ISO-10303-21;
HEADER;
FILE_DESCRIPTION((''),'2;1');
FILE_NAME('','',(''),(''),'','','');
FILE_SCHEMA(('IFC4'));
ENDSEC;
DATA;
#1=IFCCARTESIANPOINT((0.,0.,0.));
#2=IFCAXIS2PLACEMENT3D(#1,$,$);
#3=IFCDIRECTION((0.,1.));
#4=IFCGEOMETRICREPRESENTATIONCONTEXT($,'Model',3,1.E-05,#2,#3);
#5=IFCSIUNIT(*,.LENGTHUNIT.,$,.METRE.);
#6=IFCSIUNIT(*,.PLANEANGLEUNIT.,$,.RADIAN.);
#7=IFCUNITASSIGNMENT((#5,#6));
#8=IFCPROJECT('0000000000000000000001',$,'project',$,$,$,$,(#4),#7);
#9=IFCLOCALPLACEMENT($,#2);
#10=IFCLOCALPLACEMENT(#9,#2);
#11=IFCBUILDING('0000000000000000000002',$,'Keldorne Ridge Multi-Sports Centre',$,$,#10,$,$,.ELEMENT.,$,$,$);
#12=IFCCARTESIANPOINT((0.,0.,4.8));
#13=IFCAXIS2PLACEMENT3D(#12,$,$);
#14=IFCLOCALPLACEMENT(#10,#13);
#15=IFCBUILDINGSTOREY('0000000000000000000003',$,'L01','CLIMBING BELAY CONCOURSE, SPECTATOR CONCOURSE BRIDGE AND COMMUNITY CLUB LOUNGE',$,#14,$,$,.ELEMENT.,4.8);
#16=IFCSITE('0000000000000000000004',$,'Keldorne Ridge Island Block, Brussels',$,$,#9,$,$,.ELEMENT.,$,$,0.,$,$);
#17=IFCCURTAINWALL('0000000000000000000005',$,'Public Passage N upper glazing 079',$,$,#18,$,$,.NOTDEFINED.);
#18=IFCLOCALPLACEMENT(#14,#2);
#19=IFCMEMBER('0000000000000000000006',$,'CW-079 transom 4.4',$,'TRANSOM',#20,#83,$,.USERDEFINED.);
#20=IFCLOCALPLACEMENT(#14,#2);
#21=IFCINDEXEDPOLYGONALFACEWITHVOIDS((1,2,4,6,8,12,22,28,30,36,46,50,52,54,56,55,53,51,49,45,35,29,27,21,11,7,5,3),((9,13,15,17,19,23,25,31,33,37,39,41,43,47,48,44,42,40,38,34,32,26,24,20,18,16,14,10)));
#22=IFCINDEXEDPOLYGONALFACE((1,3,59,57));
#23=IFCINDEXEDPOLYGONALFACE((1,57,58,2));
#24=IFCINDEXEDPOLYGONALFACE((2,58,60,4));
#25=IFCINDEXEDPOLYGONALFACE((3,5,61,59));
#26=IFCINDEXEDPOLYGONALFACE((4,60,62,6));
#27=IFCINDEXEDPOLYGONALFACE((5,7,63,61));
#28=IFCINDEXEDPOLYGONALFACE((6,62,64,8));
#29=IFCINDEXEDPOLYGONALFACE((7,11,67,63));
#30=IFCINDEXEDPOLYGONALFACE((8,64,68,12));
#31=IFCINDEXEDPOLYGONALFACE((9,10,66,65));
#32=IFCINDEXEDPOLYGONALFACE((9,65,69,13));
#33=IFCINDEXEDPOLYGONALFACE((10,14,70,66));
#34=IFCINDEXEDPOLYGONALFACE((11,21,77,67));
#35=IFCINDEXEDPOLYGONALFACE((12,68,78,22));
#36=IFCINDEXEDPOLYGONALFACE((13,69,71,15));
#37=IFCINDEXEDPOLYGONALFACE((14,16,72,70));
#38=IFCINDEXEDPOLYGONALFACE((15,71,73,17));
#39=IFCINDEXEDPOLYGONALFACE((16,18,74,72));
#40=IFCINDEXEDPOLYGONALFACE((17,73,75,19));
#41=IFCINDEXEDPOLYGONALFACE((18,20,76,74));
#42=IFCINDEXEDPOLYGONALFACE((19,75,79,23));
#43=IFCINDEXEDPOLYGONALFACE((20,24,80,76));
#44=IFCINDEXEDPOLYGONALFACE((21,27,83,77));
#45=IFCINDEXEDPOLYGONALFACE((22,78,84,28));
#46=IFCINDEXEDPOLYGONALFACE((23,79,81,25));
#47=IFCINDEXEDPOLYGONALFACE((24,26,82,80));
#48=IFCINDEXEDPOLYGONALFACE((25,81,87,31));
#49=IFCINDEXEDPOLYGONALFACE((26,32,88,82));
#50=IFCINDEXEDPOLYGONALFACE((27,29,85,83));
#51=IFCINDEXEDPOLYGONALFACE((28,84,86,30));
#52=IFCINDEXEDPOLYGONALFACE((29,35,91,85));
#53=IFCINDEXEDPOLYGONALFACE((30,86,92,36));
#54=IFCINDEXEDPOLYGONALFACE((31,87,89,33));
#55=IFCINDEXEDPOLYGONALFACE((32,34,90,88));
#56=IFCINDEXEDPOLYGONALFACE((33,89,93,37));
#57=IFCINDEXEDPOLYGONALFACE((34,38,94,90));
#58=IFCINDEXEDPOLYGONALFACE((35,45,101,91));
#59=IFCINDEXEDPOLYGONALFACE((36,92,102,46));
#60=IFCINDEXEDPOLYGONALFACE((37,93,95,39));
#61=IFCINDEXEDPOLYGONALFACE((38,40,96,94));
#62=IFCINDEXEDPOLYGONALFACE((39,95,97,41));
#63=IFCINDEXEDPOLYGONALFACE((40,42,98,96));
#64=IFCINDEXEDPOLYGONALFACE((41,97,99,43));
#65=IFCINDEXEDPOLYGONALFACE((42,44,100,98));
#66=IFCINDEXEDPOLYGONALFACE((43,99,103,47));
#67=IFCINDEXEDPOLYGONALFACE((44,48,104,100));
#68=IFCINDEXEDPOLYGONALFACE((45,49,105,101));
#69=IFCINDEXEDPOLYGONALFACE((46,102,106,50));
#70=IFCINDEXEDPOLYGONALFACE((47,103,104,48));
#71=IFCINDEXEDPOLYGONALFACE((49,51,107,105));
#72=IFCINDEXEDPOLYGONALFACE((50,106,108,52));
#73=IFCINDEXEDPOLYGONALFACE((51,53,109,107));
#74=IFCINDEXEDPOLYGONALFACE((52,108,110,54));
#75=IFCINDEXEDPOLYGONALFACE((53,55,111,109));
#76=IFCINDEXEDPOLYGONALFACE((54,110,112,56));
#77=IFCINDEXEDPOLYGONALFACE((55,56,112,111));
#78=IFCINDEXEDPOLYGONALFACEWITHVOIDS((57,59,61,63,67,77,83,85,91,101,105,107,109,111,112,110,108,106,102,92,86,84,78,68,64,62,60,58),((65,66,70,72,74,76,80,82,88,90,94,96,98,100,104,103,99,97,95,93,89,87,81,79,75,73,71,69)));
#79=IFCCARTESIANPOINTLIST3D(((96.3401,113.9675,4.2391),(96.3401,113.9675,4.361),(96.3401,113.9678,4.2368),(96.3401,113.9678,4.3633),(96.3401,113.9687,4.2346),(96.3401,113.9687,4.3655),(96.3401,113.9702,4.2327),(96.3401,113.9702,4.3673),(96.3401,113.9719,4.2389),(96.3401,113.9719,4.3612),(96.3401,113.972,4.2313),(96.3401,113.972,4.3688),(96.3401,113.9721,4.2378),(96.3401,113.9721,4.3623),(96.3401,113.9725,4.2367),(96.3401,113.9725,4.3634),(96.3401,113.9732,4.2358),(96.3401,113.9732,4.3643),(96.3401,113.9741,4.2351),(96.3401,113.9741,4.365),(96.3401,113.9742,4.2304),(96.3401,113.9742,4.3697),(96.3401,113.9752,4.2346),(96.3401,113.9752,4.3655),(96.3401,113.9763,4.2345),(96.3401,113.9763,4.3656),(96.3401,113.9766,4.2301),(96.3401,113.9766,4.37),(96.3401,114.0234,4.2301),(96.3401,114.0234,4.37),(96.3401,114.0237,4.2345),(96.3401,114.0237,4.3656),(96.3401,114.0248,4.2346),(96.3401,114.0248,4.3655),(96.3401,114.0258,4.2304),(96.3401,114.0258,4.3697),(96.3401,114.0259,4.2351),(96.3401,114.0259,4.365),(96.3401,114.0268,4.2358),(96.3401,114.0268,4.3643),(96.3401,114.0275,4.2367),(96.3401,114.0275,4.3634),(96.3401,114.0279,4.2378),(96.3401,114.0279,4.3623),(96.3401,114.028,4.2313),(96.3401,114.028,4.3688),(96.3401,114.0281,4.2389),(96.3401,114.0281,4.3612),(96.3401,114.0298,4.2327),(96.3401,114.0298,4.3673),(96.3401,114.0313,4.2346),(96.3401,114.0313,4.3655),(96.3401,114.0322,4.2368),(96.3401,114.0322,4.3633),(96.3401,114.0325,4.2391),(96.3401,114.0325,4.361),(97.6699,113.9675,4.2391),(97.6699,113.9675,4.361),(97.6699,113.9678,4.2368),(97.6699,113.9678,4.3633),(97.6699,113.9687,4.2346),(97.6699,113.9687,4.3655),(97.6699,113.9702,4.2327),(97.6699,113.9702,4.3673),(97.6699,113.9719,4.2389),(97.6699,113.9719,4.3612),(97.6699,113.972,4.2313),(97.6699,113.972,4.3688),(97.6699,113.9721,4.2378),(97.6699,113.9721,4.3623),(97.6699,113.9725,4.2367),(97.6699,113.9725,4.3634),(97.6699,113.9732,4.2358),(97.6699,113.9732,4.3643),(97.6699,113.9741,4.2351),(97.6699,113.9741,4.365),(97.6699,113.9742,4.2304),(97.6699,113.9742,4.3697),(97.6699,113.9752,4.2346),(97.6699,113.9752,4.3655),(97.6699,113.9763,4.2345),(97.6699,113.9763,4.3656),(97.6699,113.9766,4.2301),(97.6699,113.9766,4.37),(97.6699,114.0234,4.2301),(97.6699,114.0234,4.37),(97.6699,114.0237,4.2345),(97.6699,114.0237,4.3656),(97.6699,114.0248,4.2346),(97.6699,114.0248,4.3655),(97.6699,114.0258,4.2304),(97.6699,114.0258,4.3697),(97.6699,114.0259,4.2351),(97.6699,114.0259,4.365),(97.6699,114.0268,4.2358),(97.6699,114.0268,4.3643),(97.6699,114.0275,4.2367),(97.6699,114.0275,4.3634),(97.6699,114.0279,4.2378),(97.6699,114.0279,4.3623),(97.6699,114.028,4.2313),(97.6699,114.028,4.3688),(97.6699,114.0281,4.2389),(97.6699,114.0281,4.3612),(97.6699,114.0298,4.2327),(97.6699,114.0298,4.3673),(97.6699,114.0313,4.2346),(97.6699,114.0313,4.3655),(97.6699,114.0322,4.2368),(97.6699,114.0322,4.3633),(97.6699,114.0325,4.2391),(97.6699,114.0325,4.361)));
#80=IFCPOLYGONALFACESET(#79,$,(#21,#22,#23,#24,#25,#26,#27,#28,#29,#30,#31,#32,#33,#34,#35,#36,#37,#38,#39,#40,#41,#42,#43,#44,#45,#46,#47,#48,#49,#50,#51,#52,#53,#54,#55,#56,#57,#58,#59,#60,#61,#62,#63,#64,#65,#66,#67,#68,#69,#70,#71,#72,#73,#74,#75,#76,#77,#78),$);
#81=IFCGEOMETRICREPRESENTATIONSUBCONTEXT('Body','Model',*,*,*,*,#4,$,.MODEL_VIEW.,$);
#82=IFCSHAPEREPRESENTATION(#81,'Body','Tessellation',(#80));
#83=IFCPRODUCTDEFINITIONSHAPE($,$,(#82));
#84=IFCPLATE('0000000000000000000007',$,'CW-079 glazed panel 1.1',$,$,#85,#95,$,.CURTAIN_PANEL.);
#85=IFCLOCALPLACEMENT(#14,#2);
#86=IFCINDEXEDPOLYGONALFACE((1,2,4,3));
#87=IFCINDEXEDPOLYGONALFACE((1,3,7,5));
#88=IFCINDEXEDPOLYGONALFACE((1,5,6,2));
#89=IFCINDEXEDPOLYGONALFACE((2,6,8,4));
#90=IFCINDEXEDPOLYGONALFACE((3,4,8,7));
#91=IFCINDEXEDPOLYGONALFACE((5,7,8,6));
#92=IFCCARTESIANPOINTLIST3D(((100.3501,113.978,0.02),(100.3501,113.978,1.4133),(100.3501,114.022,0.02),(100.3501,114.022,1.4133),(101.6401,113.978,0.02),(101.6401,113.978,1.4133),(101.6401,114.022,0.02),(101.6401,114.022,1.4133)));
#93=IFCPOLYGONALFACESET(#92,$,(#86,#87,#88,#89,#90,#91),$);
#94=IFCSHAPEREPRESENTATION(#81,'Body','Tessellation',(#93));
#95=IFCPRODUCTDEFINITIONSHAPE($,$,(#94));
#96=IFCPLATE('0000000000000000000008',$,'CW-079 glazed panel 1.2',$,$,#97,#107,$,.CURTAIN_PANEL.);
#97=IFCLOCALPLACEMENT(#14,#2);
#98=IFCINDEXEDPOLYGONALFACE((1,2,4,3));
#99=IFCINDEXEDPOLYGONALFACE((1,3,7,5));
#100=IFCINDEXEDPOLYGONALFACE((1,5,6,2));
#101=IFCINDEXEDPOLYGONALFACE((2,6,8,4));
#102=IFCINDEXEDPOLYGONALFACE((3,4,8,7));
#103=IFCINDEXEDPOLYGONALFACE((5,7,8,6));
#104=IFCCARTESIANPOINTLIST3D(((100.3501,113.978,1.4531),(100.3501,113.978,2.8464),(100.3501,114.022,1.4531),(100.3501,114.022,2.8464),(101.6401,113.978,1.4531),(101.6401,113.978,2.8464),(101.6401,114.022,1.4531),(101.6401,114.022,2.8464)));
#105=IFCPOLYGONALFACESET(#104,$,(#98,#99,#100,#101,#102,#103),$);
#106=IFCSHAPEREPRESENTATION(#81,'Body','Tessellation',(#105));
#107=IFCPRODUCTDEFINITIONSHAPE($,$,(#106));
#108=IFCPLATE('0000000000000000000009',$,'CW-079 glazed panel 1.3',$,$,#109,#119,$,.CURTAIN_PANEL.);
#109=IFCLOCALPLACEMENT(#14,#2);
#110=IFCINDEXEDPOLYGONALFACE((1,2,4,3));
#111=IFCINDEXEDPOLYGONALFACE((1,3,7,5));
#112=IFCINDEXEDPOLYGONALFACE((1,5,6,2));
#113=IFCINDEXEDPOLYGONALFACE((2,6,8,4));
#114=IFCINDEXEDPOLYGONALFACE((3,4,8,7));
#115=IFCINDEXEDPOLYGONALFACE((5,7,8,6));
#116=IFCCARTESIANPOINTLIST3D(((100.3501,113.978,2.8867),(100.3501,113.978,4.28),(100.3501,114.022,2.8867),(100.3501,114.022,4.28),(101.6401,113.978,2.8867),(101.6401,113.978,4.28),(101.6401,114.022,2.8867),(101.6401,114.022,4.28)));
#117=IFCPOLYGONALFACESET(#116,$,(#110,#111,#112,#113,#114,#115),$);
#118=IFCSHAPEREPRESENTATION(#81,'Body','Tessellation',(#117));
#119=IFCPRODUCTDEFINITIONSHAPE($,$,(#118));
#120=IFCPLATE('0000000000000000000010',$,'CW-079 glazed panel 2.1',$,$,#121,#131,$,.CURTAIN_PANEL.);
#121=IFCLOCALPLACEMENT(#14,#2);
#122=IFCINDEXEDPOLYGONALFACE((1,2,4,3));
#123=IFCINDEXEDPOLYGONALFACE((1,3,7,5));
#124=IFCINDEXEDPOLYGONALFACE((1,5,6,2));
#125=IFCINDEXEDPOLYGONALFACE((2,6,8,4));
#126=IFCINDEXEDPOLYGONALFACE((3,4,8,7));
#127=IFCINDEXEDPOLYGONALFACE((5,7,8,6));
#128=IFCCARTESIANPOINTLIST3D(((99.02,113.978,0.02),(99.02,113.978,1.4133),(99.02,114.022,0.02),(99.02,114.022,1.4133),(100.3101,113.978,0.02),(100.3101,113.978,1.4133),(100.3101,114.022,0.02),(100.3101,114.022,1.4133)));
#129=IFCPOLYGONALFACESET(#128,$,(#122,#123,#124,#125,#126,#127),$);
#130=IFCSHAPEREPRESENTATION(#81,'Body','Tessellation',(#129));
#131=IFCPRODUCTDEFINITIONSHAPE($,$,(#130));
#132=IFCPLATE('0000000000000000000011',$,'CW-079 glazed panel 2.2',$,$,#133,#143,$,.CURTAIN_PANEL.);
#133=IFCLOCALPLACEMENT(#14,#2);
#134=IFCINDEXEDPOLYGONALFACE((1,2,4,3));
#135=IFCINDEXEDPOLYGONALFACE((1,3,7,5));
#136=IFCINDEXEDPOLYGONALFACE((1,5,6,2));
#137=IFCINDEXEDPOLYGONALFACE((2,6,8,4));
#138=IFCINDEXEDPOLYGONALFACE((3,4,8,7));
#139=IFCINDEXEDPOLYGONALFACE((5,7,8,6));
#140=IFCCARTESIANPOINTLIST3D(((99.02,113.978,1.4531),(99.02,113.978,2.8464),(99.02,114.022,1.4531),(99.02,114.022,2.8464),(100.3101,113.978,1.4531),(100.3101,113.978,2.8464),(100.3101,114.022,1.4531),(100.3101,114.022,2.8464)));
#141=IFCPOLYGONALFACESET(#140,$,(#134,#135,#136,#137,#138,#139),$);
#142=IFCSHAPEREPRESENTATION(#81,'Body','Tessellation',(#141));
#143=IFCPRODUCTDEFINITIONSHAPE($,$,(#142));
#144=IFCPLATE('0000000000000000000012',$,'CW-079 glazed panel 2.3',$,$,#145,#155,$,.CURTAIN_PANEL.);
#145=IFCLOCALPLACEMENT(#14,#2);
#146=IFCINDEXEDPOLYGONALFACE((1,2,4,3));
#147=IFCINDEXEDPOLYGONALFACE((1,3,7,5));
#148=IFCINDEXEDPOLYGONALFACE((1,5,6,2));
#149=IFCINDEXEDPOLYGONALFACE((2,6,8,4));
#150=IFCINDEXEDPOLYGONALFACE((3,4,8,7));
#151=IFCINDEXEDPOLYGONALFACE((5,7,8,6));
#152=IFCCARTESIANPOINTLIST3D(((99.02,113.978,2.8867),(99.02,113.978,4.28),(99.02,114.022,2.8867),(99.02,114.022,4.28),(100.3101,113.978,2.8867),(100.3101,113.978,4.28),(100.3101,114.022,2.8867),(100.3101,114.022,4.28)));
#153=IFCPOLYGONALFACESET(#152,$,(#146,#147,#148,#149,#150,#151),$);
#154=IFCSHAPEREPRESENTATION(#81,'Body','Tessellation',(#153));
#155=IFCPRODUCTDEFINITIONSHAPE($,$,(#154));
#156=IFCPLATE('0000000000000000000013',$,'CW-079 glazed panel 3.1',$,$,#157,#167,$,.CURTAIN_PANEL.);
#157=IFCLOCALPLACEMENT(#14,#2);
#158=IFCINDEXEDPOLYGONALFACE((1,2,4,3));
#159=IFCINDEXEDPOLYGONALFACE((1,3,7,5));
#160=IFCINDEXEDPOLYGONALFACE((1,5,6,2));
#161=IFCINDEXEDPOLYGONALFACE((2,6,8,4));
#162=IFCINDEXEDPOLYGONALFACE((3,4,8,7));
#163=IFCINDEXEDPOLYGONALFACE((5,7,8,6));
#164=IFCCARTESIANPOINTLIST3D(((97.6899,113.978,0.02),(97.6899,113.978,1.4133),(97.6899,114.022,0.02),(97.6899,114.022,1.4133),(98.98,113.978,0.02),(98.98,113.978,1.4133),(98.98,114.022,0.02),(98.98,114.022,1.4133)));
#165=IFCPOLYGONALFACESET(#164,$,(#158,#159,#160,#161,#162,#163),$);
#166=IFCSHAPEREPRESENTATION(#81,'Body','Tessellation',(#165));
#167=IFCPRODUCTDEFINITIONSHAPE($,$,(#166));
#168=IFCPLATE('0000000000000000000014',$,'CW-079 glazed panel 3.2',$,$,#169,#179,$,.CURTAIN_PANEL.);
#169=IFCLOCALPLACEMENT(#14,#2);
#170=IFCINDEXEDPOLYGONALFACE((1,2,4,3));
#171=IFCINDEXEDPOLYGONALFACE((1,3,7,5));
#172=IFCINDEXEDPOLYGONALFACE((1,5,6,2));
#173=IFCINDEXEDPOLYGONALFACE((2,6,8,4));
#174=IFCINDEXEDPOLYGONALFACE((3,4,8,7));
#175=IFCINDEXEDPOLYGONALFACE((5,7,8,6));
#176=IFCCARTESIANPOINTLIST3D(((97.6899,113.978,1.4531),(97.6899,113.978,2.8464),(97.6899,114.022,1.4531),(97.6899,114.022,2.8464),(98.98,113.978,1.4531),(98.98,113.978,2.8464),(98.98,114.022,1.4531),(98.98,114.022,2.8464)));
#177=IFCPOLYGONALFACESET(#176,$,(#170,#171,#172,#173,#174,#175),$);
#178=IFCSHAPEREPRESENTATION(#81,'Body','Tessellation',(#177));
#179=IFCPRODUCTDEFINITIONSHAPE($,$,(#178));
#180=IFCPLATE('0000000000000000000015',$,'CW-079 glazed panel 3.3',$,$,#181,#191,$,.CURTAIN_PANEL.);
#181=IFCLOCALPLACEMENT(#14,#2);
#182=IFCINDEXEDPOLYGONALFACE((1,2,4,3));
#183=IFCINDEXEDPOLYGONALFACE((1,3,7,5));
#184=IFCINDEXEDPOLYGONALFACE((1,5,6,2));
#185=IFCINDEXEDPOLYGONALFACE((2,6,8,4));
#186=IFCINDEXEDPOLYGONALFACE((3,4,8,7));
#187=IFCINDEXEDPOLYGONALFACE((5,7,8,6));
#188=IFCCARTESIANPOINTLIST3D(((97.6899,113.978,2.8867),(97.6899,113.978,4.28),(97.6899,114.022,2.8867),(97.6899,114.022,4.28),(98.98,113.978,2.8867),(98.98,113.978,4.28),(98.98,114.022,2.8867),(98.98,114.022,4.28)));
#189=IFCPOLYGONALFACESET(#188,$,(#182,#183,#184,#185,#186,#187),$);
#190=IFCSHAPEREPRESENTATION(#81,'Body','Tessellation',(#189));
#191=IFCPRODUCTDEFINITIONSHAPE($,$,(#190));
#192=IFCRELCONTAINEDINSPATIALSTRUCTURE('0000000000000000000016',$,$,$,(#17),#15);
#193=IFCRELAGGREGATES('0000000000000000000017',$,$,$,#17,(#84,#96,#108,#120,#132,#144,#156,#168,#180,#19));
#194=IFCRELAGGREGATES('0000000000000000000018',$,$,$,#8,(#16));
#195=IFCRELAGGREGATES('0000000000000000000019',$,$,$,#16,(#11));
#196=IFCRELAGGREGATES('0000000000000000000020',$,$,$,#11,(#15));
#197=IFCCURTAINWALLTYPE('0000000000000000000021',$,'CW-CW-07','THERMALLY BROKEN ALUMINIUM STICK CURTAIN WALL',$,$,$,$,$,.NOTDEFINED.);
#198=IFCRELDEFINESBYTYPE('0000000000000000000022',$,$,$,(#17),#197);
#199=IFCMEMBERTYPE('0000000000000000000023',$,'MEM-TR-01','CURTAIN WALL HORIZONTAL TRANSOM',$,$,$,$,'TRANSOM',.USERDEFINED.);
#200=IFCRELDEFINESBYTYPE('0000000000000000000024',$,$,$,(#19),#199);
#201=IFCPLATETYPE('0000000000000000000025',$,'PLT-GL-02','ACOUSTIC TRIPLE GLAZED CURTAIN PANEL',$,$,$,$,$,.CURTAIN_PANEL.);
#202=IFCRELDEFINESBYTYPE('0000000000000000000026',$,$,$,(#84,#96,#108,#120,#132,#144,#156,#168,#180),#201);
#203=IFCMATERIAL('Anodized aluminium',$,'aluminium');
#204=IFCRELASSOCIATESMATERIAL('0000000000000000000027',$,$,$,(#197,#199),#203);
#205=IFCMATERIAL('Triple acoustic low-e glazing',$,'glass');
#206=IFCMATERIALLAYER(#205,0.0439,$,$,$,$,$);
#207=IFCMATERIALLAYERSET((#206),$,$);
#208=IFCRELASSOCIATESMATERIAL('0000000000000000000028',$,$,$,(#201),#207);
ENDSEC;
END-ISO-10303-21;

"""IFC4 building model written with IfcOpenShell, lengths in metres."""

from ifc_helpers import new_model, si_unit, direction, frame, origin, origin_2d, place, context, subcontext, project, spatial, rectangle, hollow_rectangle, extrude, material, layer, layer_set, material_profile, profile_set, type_object, element, aggregate, save


model = new_model("IFC4")

# Units and contexts
model_context = context("Model", 3, precision=1e-05, world=origin(), true_north=direction((0.0, 1.0)))
body_context = subcontext(model_context, "Body", "Model", "MODEL_VIEW")
ifc_project = project(units=[si_unit("LENGTHUNIT", "METRE"), si_unit("PLANEANGLEUNIT", "RADIAN")], contexts=[model_context])

# Site, building, storey
site_placement = place(None, origin())
site = spatial("IfcSite", under=ifc_project, at=site_placement, Name="Keldorne Ridge Island Block, Brussels", CompositionType="ELEMENT", RefElevation=0.0)
building_placement = place(site_placement, origin())
building = spatial("IfcBuilding", under=site, at=building_placement, Name="Keldorne Ridge Multi-Sports Centre", CompositionType="ELEMENT")
storey_placement = place(building_placement, frame((0.0, 0.0, 4.8)))
storey = spatial("IfcBuildingStorey", under=building, at=storey_placement, Name="L01", Description="CLIMBING BELAY CONCOURSE, SPECTATOR CONCOURSE BRIDGE AND COMMUNITY CLUB LOUNGE", CompositionType="ELEMENT", Elevation=4.8)

# Curtain wall, member, plates
ifc_material_1 = material(Name="Anodized aluminium", Category="aluminium")
curtain_wall_type = type_object("IfcCurtainWallType", Name="CW-CW-07", Description="THERMALLY BROKEN ALUMINIUM STICK CURTAIN WALL", PredefinedType="NOTDEFINED", material=ifc_material_1)
curtain_wall_placement = place(storey_placement, origin())
curtain_wall = element("IfcCurtainWall", 1, at=curtain_wall_placement, inside=storey, type_object=curtain_wall_type, Name="Public Passage N upper glazing 079", PredefinedType="NOTDEFINED")
ifc_material_profile_1 = material_profile(ifc_material_1, hollow_rectangle(XDim=0.0649, YDim=0.1399, WallThickness=0.0044, InnerFilletRadius=0.0044, OuterFilletRadius=0.009, at=origin_2d()), Name="ALU TRANSOM 140x65x4.5")
ifc_profile_set_1 = profile_set([ifc_material_profile_1], Name="Anodized aluminium")
member_type_1 = type_object("IfcMemberType", Name="MEM-TR-01", Description="CURTAIN WALL HORIZONTAL TRANSOM", ElementType="TRANSOM", PredefinedType="USERDEFINED", material=ifc_profile_set_1)
member_1_placement = place(storey_placement, frame((97.6699, 114.0, 4.3), z_axis=(-1.0, 0.0, 0.0), x_axis=(0.0, -1.0, 0.0)))
member_1 = element("IfcMember", 2, at=member_1_placement, type_object=member_type_1, Name="CW-079 transom 4.4", ObjectType="TRANSOM", PredefinedType="USERDEFINED", context=body_context, shape_type="SweptSolid", body=[
    extrude(hollow_rectangle(XDim=0.0649, YDim=0.1399, WallThickness=0.0044, InnerFilletRadius=0.0044, OuterFilletRadius=0.009, at=origin_2d()), origin(), (0.0, 0.0, 1.0), 1.3298),
])
ifc_material_2 = material(Name="Triple acoustic low-e glazing", Category="glass")
ifc_layer_1 = layer(ifc_material_2, 0.0439)
ifc_layer_set_1 = layer_set([ifc_layer_1])
plate_type_1 = type_object("IfcPlateType", Name="PLT-GL-02", Description="ACOUSTIC TRIPLE GLAZED CURTAIN PANEL", PredefinedType="CURTAIN_PANEL", material=ifc_layer_set_1)
plate_1_placement = place(storey_placement, frame((100.9951, 114.0, 0.02), z_axis=(0.0, 0.0, 1.0), x_axis=(-1.0, 0.0, 0.0)))
plate_1 = element("IfcPlate", 3, at=plate_1_placement, type_object=plate_type_1, Name="CW-079 glazed panel 1.1", PredefinedType="CURTAIN_PANEL", context=body_context, shape_type="SweptSolid", body=[
    extrude(rectangle(XDim=1.29, YDim=0.0439, at=origin_2d()), origin(), (0.0, 0.0, 1.0), 1.3933),
])
plate_2_placement = place(storey_placement, frame((100.9951, 114.0, 1.4531), z_axis=(0.0, 0.0, 1.0), x_axis=(-1.0, 0.0, 0.0)))
plate_2 = element("IfcPlate", 4, at=plate_2_placement, type_object=plate_type_1, Name="CW-079 glazed panel 1.2", PredefinedType="CURTAIN_PANEL", context=body_context, shape_type="SweptSolid", body=[
    extrude(rectangle(XDim=1.29, YDim=0.0439, at=origin_2d()), origin(), (0.0, 0.0, 1.0), 1.3933),
])
plate_3_placement = place(storey_placement, frame((100.9951, 114.0, 2.8867), z_axis=(0.0, 0.0, 1.0), x_axis=(-1.0, 0.0, 0.0)))
plate_3 = element("IfcPlate", 5, at=plate_3_placement, type_object=plate_type_1, Name="CW-079 glazed panel 1.3", PredefinedType="CURTAIN_PANEL", context=body_context, shape_type="SweptSolid", body=[
    extrude(rectangle(XDim=1.29, YDim=0.0439, at=origin_2d()), origin(), (0.0, 0.0, 1.0), 1.3933),
])
plate_4_placement = place(storey_placement, frame((99.665, 114.0, 0.02), z_axis=(0.0, 0.0, 1.0), x_axis=(-1.0, 0.0, 0.0)))
plate_4 = element("IfcPlate", 6, at=plate_4_placement, type_object=plate_type_1, Name="CW-079 glazed panel 2.1", PredefinedType="CURTAIN_PANEL", context=body_context, shape_type="SweptSolid", body=[
    extrude(rectangle(XDim=1.29, YDim=0.0439, at=origin_2d()), origin(), (0.0, 0.0, 1.0), 1.3933),
])
plate_5_placement = place(storey_placement, frame((99.665, 114.0, 1.4531), z_axis=(0.0, 0.0, 1.0), x_axis=(-1.0, 0.0, 0.0)))
plate_5 = element("IfcPlate", 7, at=plate_5_placement, type_object=plate_type_1, Name="CW-079 glazed panel 2.2", PredefinedType="CURTAIN_PANEL", context=body_context, shape_type="SweptSolid", body=[
    extrude(rectangle(XDim=1.29, YDim=0.0439, at=origin_2d()), origin(), (0.0, 0.0, 1.0), 1.3933),
])
plate_6_placement = place(storey_placement, frame((99.665, 114.0, 2.8867), z_axis=(0.0, 0.0, 1.0), x_axis=(-1.0, 0.0, 0.0)))
plate_6 = element("IfcPlate", 8, at=plate_6_placement, type_object=plate_type_1, Name="CW-079 glazed panel 2.3", PredefinedType="CURTAIN_PANEL", context=body_context, shape_type="SweptSolid", body=[
    extrude(rectangle(XDim=1.29, YDim=0.0439, at=origin_2d()), origin(), (0.0, 0.0, 1.0), 1.3933),
])
plate_7_placement = place(storey_placement, frame((98.335, 114.0, 0.02), z_axis=(0.0, 0.0, 1.0), x_axis=(-1.0, 0.0, 0.0)))
plate_7 = element("IfcPlate", 9, at=plate_7_placement, type_object=plate_type_1, Name="CW-079 glazed panel 3.1", PredefinedType="CURTAIN_PANEL", context=body_context, shape_type="SweptSolid", body=[
    extrude(rectangle(XDim=1.29, YDim=0.0439, at=origin_2d()), origin(), (0.0, 0.0, 1.0), 1.3933),
])
plate_8_placement = place(storey_placement, frame((98.335, 114.0, 1.4531), z_axis=(0.0, 0.0, 1.0), x_axis=(-1.0, 0.0, 0.0)))
plate_8 = element("IfcPlate", 10, at=plate_8_placement, type_object=plate_type_1, Name="CW-079 glazed panel 3.2", PredefinedType="CURTAIN_PANEL", context=body_context, shape_type="SweptSolid", body=[
    extrude(rectangle(XDim=1.29, YDim=0.0439, at=origin_2d()), origin(), (0.0, 0.0, 1.0), 1.3933),
])
plate_9_placement = place(storey_placement, frame((98.335, 114.0, 2.8867), z_axis=(0.0, 0.0, 1.0), x_axis=(-1.0, 0.0, 0.0)))
plate_9 = element("IfcPlate", 11, at=plate_9_placement, type_object=plate_type_1, Name="CW-079 glazed panel 3.3", PredefinedType="CURTAIN_PANEL", context=body_context, shape_type="SweptSolid", body=[
    extrude(rectangle(XDim=1.29, YDim=0.0439, at=origin_2d()), origin(), (0.0, 0.0, 1.0), 1.3933),
])
aggregate(curtain_wall, [plate_1, plate_2, plate_3, plate_4, plate_5, plate_6, plate_7, plate_8, plate_9, member_1])

save(model, "model.ifc")
